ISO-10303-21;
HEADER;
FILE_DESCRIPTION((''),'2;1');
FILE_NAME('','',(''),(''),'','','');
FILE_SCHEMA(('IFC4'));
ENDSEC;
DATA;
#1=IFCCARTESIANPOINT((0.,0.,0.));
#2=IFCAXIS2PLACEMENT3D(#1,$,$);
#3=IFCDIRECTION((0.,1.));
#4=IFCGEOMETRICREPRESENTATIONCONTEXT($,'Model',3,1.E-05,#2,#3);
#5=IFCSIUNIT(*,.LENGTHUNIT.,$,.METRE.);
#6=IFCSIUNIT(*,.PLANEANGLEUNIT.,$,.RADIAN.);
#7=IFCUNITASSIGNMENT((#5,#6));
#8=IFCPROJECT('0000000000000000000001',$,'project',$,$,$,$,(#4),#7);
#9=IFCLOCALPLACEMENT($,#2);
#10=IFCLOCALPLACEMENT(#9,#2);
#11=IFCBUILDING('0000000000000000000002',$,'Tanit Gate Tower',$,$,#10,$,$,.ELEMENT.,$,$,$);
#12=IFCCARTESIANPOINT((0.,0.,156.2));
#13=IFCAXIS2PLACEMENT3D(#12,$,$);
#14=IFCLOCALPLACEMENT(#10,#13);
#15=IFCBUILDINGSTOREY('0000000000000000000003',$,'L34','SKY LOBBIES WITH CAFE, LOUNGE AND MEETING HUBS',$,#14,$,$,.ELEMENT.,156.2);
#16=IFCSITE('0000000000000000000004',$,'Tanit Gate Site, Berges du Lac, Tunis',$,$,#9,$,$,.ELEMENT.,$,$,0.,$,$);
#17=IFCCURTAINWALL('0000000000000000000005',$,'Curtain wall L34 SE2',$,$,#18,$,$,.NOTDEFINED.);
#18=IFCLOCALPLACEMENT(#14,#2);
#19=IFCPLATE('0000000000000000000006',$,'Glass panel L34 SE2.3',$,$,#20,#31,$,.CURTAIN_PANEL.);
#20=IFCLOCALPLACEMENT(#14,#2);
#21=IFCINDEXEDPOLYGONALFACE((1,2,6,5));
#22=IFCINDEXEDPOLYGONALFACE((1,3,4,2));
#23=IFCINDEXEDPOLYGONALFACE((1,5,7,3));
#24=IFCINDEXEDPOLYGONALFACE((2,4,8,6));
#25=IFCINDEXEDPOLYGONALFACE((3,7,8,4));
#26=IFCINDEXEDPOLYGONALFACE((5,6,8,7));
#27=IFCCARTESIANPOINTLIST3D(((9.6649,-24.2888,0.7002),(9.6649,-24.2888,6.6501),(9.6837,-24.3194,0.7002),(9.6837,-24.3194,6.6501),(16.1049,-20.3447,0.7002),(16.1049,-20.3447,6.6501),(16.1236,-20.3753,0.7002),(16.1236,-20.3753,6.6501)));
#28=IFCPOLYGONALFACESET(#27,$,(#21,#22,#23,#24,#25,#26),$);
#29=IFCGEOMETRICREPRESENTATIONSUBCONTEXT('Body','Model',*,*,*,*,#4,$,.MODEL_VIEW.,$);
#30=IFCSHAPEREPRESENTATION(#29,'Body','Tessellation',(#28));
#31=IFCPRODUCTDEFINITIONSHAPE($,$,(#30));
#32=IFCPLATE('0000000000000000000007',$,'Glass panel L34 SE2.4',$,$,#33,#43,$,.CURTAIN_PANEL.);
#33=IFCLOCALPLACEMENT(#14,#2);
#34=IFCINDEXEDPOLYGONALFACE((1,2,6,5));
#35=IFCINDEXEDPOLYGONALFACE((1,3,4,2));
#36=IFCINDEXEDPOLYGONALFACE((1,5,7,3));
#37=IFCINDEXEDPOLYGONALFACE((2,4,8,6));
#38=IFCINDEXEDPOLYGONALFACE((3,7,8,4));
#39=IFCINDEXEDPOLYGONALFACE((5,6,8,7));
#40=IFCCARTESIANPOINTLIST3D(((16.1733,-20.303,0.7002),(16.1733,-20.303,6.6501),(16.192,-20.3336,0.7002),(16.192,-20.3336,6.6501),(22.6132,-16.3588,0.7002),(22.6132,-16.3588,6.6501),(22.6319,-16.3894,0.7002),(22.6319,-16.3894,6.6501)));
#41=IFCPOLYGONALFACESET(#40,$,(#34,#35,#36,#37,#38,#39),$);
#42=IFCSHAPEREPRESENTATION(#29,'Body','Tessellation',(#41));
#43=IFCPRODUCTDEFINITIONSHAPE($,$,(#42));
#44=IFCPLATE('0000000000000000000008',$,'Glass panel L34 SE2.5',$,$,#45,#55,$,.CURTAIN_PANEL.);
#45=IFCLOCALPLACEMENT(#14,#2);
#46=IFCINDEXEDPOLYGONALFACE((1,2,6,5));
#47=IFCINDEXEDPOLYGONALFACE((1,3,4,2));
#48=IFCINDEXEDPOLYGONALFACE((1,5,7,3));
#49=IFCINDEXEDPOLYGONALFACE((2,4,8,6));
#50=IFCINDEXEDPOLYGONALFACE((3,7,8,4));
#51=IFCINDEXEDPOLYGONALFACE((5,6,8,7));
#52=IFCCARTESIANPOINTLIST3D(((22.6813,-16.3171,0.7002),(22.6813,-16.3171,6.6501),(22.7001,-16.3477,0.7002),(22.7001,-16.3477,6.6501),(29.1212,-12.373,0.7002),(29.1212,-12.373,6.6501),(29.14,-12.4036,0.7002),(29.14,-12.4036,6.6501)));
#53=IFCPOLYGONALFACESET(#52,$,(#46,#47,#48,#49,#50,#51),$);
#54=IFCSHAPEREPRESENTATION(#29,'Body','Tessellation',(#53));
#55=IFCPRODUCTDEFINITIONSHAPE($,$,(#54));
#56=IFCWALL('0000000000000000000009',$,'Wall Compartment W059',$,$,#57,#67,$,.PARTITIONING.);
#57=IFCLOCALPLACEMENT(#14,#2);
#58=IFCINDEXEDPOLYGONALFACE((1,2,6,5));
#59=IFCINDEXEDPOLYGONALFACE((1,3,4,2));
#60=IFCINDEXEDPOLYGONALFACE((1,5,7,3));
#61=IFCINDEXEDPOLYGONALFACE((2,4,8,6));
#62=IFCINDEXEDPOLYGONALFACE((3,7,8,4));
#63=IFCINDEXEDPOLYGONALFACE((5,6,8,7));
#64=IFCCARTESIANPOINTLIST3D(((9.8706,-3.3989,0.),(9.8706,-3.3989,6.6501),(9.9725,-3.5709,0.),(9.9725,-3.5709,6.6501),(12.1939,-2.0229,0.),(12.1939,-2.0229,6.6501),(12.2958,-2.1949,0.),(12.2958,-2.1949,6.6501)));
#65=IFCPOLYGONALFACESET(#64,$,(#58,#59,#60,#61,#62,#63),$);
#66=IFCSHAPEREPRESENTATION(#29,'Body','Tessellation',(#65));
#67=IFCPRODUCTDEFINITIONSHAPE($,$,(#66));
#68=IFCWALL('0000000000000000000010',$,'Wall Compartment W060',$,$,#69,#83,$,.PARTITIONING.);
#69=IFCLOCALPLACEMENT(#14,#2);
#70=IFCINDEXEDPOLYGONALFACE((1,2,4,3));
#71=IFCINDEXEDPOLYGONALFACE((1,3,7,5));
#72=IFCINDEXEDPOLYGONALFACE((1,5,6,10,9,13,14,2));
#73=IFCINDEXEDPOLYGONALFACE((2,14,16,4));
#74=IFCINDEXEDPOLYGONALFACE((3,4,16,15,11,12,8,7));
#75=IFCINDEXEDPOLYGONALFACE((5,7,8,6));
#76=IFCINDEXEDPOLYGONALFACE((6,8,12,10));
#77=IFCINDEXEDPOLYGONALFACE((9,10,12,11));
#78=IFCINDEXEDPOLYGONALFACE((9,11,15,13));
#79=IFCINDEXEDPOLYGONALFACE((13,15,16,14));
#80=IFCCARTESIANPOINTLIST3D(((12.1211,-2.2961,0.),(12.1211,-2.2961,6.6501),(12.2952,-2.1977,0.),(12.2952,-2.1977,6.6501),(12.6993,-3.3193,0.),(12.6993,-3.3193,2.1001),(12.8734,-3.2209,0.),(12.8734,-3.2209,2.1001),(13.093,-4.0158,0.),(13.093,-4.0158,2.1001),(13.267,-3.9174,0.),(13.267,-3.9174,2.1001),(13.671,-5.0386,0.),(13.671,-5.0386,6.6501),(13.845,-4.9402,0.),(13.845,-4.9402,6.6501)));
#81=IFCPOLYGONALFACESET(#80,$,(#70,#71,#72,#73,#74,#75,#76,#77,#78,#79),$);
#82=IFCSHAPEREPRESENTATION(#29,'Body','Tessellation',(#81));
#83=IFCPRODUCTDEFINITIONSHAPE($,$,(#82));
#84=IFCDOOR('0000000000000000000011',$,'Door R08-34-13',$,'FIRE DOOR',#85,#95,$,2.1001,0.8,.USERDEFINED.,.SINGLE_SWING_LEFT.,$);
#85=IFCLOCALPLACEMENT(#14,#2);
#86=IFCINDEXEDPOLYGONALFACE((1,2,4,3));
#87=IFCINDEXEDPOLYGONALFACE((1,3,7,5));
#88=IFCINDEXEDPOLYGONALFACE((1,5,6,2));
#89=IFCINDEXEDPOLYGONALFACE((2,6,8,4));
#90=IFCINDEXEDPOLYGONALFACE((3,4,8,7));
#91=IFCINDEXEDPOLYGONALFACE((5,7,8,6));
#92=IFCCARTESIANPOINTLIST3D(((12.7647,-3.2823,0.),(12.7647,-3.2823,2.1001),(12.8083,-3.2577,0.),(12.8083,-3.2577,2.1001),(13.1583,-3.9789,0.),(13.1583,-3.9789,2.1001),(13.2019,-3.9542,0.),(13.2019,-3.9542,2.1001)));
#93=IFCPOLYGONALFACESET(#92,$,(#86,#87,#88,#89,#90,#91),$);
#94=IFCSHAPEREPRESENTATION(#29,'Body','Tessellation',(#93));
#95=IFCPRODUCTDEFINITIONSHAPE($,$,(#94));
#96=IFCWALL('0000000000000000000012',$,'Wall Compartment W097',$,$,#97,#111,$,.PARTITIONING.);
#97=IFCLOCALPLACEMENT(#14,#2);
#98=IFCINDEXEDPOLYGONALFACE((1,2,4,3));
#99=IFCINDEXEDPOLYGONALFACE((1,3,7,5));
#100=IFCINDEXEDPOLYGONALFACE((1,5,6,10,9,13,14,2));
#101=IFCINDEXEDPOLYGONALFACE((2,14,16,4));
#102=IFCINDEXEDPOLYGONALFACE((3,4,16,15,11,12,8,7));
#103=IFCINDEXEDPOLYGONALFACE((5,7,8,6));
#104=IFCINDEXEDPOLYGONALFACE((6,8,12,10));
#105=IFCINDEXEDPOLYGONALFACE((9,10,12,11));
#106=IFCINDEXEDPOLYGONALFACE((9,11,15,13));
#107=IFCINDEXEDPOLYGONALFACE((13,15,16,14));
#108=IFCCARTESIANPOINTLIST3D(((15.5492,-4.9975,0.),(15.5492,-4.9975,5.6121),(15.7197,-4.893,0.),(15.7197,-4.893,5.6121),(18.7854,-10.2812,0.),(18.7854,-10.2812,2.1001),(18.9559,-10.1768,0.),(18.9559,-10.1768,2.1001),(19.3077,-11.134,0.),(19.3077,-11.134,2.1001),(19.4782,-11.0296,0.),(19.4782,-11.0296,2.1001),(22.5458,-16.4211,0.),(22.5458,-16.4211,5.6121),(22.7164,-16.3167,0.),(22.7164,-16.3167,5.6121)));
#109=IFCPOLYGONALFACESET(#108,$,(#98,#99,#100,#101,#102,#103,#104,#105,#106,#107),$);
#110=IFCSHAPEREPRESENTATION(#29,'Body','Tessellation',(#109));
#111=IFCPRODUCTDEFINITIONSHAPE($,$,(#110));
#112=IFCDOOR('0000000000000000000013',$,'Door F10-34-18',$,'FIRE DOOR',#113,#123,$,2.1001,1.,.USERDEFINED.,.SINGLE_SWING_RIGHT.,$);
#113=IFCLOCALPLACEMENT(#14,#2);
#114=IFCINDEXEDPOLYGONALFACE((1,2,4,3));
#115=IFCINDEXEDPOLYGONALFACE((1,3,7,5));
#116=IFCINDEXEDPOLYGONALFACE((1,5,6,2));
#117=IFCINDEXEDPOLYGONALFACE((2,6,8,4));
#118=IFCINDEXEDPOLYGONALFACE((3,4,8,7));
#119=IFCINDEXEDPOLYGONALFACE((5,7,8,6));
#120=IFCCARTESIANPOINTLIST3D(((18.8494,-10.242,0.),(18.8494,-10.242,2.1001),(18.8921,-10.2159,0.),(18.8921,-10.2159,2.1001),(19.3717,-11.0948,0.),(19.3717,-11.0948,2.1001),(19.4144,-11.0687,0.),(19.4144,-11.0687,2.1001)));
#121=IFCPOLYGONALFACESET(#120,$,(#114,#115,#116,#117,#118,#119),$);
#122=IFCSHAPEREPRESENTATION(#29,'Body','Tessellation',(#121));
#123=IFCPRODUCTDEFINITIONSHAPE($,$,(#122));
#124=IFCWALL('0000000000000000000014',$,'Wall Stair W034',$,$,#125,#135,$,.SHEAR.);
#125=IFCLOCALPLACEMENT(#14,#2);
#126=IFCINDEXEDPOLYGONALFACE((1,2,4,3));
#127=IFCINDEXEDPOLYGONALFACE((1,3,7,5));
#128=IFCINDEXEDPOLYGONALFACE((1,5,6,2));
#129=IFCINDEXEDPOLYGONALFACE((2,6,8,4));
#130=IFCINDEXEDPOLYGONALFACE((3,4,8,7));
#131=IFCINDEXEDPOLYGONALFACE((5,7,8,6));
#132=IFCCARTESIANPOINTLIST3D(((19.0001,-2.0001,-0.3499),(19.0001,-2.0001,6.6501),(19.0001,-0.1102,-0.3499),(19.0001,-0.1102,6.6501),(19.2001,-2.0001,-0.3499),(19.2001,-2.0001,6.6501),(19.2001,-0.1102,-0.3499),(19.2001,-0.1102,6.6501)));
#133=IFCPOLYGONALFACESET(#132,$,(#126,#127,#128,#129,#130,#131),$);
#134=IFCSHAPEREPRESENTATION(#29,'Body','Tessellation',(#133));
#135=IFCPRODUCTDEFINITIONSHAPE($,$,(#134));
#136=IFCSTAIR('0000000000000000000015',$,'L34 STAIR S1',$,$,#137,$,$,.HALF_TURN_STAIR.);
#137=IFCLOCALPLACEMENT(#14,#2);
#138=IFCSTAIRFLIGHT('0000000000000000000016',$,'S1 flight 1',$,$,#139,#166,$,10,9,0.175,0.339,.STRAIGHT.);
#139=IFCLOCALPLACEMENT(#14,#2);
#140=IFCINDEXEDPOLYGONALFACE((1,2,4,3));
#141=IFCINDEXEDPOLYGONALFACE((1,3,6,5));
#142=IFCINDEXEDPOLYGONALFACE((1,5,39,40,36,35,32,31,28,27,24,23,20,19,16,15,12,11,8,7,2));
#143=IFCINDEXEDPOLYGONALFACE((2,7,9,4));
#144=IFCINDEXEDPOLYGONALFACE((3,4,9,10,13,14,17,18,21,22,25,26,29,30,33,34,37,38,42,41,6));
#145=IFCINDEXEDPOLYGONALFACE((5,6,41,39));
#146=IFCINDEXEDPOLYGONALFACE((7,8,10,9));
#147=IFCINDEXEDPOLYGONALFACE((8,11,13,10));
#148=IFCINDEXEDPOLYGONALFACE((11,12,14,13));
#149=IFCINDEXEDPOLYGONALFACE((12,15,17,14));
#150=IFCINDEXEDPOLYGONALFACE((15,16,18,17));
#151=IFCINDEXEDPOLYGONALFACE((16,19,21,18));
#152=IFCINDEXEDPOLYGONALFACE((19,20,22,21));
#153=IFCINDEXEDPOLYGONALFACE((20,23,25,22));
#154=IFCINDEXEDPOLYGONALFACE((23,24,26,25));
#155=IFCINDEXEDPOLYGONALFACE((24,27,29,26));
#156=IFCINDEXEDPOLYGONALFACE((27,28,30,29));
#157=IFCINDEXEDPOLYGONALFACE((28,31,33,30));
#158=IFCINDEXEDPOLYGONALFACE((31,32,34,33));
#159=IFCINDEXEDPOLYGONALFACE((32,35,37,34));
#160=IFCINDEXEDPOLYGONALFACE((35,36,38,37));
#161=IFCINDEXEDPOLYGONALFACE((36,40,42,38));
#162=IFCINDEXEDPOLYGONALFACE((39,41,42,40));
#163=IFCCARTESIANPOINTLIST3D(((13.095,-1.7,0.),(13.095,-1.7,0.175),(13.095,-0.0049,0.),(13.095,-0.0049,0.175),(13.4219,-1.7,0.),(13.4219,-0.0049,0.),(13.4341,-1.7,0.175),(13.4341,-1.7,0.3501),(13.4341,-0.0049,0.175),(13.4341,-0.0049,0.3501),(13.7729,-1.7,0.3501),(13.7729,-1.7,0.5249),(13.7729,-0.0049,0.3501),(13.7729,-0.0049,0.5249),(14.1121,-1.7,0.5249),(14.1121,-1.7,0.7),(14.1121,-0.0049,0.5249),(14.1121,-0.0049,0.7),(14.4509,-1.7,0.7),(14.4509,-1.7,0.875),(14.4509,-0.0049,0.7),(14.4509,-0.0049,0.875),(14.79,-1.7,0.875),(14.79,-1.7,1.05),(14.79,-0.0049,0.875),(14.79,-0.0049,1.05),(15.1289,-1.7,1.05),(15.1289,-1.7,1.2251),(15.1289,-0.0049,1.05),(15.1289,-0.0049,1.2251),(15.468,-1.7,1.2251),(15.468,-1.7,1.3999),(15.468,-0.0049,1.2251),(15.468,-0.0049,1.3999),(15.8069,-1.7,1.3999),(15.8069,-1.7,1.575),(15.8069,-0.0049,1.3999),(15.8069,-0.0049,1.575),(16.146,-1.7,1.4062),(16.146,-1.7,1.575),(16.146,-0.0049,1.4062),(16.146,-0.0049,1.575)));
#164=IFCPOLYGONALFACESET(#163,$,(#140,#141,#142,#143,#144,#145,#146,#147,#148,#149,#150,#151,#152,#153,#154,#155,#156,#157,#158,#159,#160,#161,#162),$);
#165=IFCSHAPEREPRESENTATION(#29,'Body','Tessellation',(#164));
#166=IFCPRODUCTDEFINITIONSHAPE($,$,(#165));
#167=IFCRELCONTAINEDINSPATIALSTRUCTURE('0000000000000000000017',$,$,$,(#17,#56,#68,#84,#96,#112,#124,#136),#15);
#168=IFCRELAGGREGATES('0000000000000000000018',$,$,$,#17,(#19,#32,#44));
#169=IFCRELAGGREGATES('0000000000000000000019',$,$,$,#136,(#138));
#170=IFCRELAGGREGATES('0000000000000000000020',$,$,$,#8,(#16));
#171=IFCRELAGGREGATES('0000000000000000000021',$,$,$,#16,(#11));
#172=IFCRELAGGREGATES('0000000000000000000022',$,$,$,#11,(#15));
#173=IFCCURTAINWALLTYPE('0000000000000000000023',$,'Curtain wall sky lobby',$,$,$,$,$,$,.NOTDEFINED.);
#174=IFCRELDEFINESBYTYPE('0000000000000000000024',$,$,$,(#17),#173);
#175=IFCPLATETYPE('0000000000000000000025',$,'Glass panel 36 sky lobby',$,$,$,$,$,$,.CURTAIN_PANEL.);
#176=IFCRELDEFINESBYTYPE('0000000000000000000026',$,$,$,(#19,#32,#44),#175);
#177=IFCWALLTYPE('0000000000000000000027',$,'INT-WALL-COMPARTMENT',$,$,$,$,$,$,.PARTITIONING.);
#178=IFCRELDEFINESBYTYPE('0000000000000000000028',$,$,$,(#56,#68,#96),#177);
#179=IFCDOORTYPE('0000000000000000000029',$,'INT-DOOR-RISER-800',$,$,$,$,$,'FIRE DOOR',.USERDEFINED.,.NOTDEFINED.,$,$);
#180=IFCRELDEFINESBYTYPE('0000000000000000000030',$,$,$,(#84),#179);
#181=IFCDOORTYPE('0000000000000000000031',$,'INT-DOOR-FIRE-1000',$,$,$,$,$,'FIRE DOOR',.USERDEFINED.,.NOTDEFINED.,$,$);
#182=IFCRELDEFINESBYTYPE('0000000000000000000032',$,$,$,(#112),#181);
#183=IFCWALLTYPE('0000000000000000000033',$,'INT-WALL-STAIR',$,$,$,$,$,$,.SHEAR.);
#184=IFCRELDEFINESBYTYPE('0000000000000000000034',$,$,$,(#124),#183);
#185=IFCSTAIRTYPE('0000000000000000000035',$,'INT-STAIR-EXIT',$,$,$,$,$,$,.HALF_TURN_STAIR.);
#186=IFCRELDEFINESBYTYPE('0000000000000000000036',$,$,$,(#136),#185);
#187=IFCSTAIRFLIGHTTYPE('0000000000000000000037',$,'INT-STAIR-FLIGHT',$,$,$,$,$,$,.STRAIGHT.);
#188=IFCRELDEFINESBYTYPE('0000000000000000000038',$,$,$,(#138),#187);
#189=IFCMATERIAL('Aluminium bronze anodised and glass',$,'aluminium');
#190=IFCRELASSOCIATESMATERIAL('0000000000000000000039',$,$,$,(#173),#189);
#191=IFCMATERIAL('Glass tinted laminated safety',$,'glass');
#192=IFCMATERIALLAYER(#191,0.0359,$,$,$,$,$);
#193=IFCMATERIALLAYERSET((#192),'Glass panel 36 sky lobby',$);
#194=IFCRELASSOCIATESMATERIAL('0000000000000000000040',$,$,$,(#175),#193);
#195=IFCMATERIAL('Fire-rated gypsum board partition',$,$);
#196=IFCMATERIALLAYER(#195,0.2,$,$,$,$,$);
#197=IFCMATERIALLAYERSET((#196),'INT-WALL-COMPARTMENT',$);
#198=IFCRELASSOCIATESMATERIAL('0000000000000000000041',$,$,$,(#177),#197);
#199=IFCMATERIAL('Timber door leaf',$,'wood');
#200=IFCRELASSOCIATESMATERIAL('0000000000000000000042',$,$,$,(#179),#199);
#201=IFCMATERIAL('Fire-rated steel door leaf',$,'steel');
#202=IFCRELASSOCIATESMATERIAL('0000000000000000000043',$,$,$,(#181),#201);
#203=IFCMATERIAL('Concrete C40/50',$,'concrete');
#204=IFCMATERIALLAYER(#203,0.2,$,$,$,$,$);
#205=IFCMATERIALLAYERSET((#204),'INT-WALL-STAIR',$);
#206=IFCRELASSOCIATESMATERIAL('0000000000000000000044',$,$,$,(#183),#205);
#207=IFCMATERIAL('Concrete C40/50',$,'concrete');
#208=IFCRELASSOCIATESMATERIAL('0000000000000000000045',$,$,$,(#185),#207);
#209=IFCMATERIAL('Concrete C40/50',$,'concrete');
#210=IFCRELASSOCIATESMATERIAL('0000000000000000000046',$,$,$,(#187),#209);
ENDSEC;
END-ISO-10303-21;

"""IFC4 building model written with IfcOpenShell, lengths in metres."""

from ifc_helpers import new_model, si_unit, direction, frame, frame_2d, origin, origin_2d, place, context, subcontext, project, spatial, polyline, rectangle, outline, extrude, material, layer, layer_set, type_object, element, fill, aggregate, save


model = new_model("IFC4")

# Units and contexts
model_context = context("Model", 3, precision=1e-05, world=origin(), true_north=direction((0.0, 1.0)))
body_context = subcontext(model_context, "Body", "Model", "MODEL_VIEW")
ifc_project = project(units=[si_unit("LENGTHUNIT", "METRE"), si_unit("PLANEANGLEUNIT", "RADIAN")], contexts=[model_context])

# Site, building, storey
site_placement = place(None, origin())
site = spatial("IfcSite", under=ifc_project, at=site_placement, Name="Tanit Gate Site, Berges du Lac, Tunis", CompositionType="ELEMENT", RefElevation=0.0)
building_placement = place(site_placement, origin())
building = spatial("IfcBuilding", under=site, at=building_placement, Name="Tanit Gate Tower", CompositionType="ELEMENT")
storey_placement = place(building_placement, frame((0.0, 0.0, 156.2)))
storey = spatial("IfcBuildingStorey", under=building, at=storey_placement, Name="L34", Description="SKY LOBBIES WITH CAFE, LOUNGE AND MEETING HUBS", CompositionType="ELEMENT", Elevation=156.2)

# Curtain wall
ifc_material_1 = material(Name="Aluminium bronze anodised and glass", Category="aluminium")
curtain_wall_type = type_object("IfcCurtainWallType", Name="Curtain wall sky lobby", PredefinedType="NOTDEFINED", material=ifc_material_1)
curtain_wall_placement = place(storey_placement, origin())
curtain_wall = element("IfcCurtainWall", 1, at=curtain_wall_placement, inside=storey, type_object=curtain_wall_type, Name="Curtain wall L34 SE2", PredefinedType="NOTDEFINED")

# Plates
ifc_material_2 = material(Name="Glass tinted laminated safety", Category="glass")
ifc_layer_1 = layer(ifc_material_2, 0.0359)
ifc_layer_set_1 = layer_set([ifc_layer_1], Name="Glass panel 36 sky lobby")
plate_type = type_object("IfcPlateType", Name="Glass panel 36 sky lobby", PredefinedType="CURTAIN_PANEL", material=ifc_layer_set_1)
plate_1_placement = place(storey_placement, frame((12.8943, -22.332, 0.7002), z_axis=(0.0, 0.0, 1.0), x_axis=(0.852772, 0.522283, 0.0)))
plate_1 = element("IfcPlate", 2, at=plate_1_placement, type_object=plate_type, Name="Glass panel L34 SE2.3", PredefinedType="CURTAIN_PANEL", context=body_context, shape_type="SweptSolid", body=[
    extrude(rectangle(XDim=7.5518, YDim=0.0359, at=origin_2d()), origin(), (0.0, 0.0, 1.0), 5.95),
])
plate_2_placement = place(storey_placement, frame((19.4026, -18.3462, 0.7002), z_axis=(0.0, 0.0, 1.0), x_axis=(0.852772, 0.522283, 0.0)))
plate_2 = element("IfcPlate", 3, at=plate_2_placement, type_object=plate_type, Name="Glass panel L34 SE2.4", PredefinedType="CURTAIN_PANEL", context=body_context, shape_type="SweptSolid", body=[
    extrude(rectangle(XDim=7.5518, YDim=0.0359, at=origin_2d()), origin(), (0.0, 0.0, 1.0), 5.95),
])
plate_3_placement = place(storey_placement, frame((25.9106, -14.3604, 0.7002), z_axis=(0.0, 0.0, 1.0), x_axis=(0.852772, 0.522283, 0.0)))
plate_3 = element("IfcPlate", 4, at=plate_3_placement, type_object=plate_type, Name="Glass panel L34 SE2.5", PredefinedType="CURTAIN_PANEL", context=body_context, shape_type="SweptSolid", body=[
    extrude(rectangle(XDim=7.5518, YDim=0.0359, at=origin_2d()), origin(), (0.0, 0.0, 1.0), 5.95),
])
aggregate(curtain_wall, [plate_1, plate_2, plate_3])

# Wall
ifc_material_3 = material(Name="Fire-rated gypsum board partition")
ifc_layer_2 = layer(ifc_material_3, 0.2)
ifc_layer_set_2 = layer_set([ifc_layer_2], Name="INT-WALL-COMPARTMENT")
wall_type_1 = type_object("IfcWallType", Name="INT-WALL-COMPARTMENT", PredefinedType="PARTITIONING", material=ifc_layer_set_2)
wall_1_placement = place(storey_placement, frame((12.2449, -2.1089, 0.0), z_axis=(0.0, 0.0, 1.0), x_axis=(-0.860415, -0.509594, 0.0)))
element("IfcWall", 5, at=wall_1_placement, inside=storey, type_object=wall_type_1, Name="Wall Compartment W059", PredefinedType="PARTITIONING", context=body_context, shape_type="SweptSolid", body=[
    extrude(rectangle(XDim=2.7002, YDim=0.2, at=frame_2d((1.3501, 0.0))), origin(), (0.0, 0.0, 1.0), 6.6501),
])

# Walls, openings, doors
wall_2_placement = place(storey_placement, frame((13.7581, -4.9895, 0.0), z_axis=(0.0, 0.0, 1.0), x_axis=(-0.491993, 0.870599, 0.0)))
wall_2 = element("IfcWall", 6, at=wall_2_placement, inside=storey, type_object=wall_type_1, Name="Wall Compartment W060", PredefinedType="PARTITIONING", context=body_context, shape_type="SweptSolid", body=[
    extrude(rectangle(XDim=3.1501, YDim=0.2, at=frame_2d((1.5752, 0.0))), origin(), (0.0, 0.0, 1.0), 6.6501),
])
opening_1_placement = place(wall_2_placement, frame((1.175, 0.0, 0.0)))
opening_1 = element("IfcOpeningElement", 7, at=opening_1_placement, cuts=wall_2, PredefinedType="OPENING", context=body_context, shape_type="SweptSolid", body=[
    extrude(rectangle(XDim=0.8, YDim=2.1001, at=frame_2d((0.3999, 1.05))), frame((0.0, 0.1099, 0.0), z_axis=(0.0, -1.0, 0.0), x_axis=(1.0, 0.0, 0.0)), (0.0, 0.0, 1.0), 0.22),
])
ifc_material_4 = material(Name="Timber door leaf", Category="wood")
door_type_1 = type_object("IfcDoorType", Name="INT-DOOR-RISER-800", ElementType="FIRE DOOR", OperationType="NOTDEFINED", PredefinedType="USERDEFINED", material=ifc_material_4)
door_1_placement = place(opening_1_placement, origin())
door_1 = element("IfcDoor", 8, at=door_1_placement, inside=storey, type_object=door_type_1, Name="Door R08-34-13", ObjectType="FIRE DOOR", OperationType="SINGLE_SWING_LEFT", OverallHeight=2.1001, OverallWidth=0.8, PredefinedType="USERDEFINED", context=body_context, shape_type="SweptSolid", body=[
    extrude(rectangle(XDim=0.8, YDim=2.1001, at=frame_2d((0.3999, 1.05))), frame((0.0, 0.0249, 0.0), z_axis=(0.0, -1.0, 0.0), x_axis=(1.0, 0.0, 0.0)), (0.0, 0.0, 1.0), 0.05),
])
fill(opening_1, door_1)
wall_3_placement = place(storey_placement, frame((22.6311, -16.3689, 0.0), z_axis=(0.0, 0.0, 1.0), x_axis=(-0.522292, 0.852766, 0.0)))
wall_3 = element("IfcWall", 9, at=wall_3_placement, inside=storey, type_object=wall_type_1, Name="Wall Compartment W097", PredefinedType="PARTITIONING", context=body_context, shape_type="SweptSolid", body=[
    extrude(rectangle(XDim=13.396, YDim=0.2, at=frame_2d((6.698, 0.0))), origin(), (0.0, 0.0, 1.0), 5.6121),
])
opening_2_placement = place(wall_3_placement, frame((6.2, 0.0, 0.0)))
opening_2 = element("IfcOpeningElement", 10, at=opening_2_placement, cuts=wall_3, PredefinedType="OPENING", context=body_context, shape_type="SweptSolid", body=[
    extrude(rectangle(XDim=1.0, YDim=2.1001, at=frame_2d((0.5, 1.05))), frame((0.0, 0.1099, 0.0), z_axis=(0.0, -1.0, 0.0), x_axis=(1.0, 0.0, 0.0)), (0.0, 0.0, 1.0), 0.22),
])
ifc_material_5 = material(Name="Fire-rated steel door leaf", Category="steel")
door_type_2 = type_object("IfcDoorType", Name="INT-DOOR-FIRE-1000", ElementType="FIRE DOOR", OperationType="NOTDEFINED", PredefinedType="USERDEFINED", material=ifc_material_5)
door_2_placement = place(opening_2_placement, origin())
door_2 = element("IfcDoor", 11, at=door_2_placement, inside=storey, type_object=door_type_2, Name="Door F10-34-18", ObjectType="FIRE DOOR", OperationType="SINGLE_SWING_RIGHT", OverallHeight=2.1001, OverallWidth=1.0, PredefinedType="USERDEFINED", context=body_context, shape_type="SweptSolid", body=[
    extrude(rectangle(XDim=1.0, YDim=2.1001, at=frame_2d((0.5, 1.05))), frame((0.0, 0.0249, 0.0), z_axis=(0.0, -1.0, 0.0), x_axis=(1.0, 0.0, 0.0)), (0.0, 0.0, 1.0), 0.05),
])
fill(opening_2, door_2)

# Wall
ifc_material_6 = material(Name="Concrete C40/50", Category="concrete")
ifc_layer_3 = layer(ifc_material_6, 0.2)
ifc_layer_set_3 = layer_set([ifc_layer_3], Name="INT-WALL-STAIR")
wall_type_2 = type_object("IfcWallType", Name="INT-WALL-STAIR", PredefinedType="SHEAR", material=ifc_layer_set_3)
wall_4_placement = place(storey_placement, frame((19.1001, -2.0, -0.3499), z_axis=(0.0, 0.0, 1.0), x_axis=(0.0, 1.0, 0.0)))
element("IfcWall", 12, at=wall_4_placement, inside=storey, type_object=wall_type_2, Name="Wall Stair W034", PredefinedType="SHEAR", context=body_context, shape_type="SweptSolid", body=[
    extrude(rectangle(XDim=1.8899, YDim=0.2, at=frame_2d((0.9448, 0.0))), origin(), (0.0, 0.0, 1.0), 7.0),
])

# Stair, stair flight
ifc_material_7 = material(Name="Concrete C40/50", Category="concrete")
stair_type = type_object("IfcStairType", Name="INT-STAIR-EXIT", PredefinedType="HALF_TURN_STAIR", material=ifc_material_7)
stair_placement = place(storey_placement, origin())
stair = element("IfcStair", 13, at=stair_placement, inside=storey, type_object=stair_type, Name="L34 STAIR S1", PredefinedType="HALF_TURN_STAIR")
ifc_material_8 = material(Name="Concrete C40/50", Category="concrete")
stair_flight_type = type_object("IfcStairFlightType", Name="INT-STAIR-FLIGHT", PredefinedType="STRAIGHT", material=ifc_material_8)
stair_flight_1_placement = place(storey_placement, frame((13.095, -0.8525, 0.0), z_axis=(0.0, 0.0, 1.0), x_axis=(1.0, 0.0, 0.0)))
stair_flight_1 = element("IfcStairFlight", 14, at=stair_flight_1_placement, type_object=stair_flight_type, Name="S1 flight 1", NumberOfRisers=10, NumberOfTreads=9, PredefinedType="STRAIGHT", RiserHeight=0.175, TreadLength=0.339, context=body_context, shape_type="SweptSolid", body=[
    extrude(outline(polyline([(0.0, 0.0), (0.0, 0.175), (0.3391, 0.175), (0.3391, 0.3501), (0.678, 0.3501), (0.678, 0.5249), (1.0171, 0.5249), (1.0171, 0.7), (1.356, 0.7), (1.356, 0.875), (1.6951, 0.875), (1.6951, 1.05), (2.0339, 1.05), (2.0339, 1.2251), (2.373, 1.2251), (2.373, 1.3999), (2.7119, 1.3999), (2.7119, 1.575), (3.051, 1.575), (3.051, 1.75), (3.051, 1.4062), (0.3269, 0.0), (0.0, 0.0)])), frame((0.0, 0.8477, 0.0), z_axis=(0.0, -1.0, 0.0), x_axis=(1.0, 0.0, 0.0)), (0.0, 0.0, 1.0), 1.6951),
])
aggregate(stair, [stair_flight_1])

save(model, "model.ifc")
